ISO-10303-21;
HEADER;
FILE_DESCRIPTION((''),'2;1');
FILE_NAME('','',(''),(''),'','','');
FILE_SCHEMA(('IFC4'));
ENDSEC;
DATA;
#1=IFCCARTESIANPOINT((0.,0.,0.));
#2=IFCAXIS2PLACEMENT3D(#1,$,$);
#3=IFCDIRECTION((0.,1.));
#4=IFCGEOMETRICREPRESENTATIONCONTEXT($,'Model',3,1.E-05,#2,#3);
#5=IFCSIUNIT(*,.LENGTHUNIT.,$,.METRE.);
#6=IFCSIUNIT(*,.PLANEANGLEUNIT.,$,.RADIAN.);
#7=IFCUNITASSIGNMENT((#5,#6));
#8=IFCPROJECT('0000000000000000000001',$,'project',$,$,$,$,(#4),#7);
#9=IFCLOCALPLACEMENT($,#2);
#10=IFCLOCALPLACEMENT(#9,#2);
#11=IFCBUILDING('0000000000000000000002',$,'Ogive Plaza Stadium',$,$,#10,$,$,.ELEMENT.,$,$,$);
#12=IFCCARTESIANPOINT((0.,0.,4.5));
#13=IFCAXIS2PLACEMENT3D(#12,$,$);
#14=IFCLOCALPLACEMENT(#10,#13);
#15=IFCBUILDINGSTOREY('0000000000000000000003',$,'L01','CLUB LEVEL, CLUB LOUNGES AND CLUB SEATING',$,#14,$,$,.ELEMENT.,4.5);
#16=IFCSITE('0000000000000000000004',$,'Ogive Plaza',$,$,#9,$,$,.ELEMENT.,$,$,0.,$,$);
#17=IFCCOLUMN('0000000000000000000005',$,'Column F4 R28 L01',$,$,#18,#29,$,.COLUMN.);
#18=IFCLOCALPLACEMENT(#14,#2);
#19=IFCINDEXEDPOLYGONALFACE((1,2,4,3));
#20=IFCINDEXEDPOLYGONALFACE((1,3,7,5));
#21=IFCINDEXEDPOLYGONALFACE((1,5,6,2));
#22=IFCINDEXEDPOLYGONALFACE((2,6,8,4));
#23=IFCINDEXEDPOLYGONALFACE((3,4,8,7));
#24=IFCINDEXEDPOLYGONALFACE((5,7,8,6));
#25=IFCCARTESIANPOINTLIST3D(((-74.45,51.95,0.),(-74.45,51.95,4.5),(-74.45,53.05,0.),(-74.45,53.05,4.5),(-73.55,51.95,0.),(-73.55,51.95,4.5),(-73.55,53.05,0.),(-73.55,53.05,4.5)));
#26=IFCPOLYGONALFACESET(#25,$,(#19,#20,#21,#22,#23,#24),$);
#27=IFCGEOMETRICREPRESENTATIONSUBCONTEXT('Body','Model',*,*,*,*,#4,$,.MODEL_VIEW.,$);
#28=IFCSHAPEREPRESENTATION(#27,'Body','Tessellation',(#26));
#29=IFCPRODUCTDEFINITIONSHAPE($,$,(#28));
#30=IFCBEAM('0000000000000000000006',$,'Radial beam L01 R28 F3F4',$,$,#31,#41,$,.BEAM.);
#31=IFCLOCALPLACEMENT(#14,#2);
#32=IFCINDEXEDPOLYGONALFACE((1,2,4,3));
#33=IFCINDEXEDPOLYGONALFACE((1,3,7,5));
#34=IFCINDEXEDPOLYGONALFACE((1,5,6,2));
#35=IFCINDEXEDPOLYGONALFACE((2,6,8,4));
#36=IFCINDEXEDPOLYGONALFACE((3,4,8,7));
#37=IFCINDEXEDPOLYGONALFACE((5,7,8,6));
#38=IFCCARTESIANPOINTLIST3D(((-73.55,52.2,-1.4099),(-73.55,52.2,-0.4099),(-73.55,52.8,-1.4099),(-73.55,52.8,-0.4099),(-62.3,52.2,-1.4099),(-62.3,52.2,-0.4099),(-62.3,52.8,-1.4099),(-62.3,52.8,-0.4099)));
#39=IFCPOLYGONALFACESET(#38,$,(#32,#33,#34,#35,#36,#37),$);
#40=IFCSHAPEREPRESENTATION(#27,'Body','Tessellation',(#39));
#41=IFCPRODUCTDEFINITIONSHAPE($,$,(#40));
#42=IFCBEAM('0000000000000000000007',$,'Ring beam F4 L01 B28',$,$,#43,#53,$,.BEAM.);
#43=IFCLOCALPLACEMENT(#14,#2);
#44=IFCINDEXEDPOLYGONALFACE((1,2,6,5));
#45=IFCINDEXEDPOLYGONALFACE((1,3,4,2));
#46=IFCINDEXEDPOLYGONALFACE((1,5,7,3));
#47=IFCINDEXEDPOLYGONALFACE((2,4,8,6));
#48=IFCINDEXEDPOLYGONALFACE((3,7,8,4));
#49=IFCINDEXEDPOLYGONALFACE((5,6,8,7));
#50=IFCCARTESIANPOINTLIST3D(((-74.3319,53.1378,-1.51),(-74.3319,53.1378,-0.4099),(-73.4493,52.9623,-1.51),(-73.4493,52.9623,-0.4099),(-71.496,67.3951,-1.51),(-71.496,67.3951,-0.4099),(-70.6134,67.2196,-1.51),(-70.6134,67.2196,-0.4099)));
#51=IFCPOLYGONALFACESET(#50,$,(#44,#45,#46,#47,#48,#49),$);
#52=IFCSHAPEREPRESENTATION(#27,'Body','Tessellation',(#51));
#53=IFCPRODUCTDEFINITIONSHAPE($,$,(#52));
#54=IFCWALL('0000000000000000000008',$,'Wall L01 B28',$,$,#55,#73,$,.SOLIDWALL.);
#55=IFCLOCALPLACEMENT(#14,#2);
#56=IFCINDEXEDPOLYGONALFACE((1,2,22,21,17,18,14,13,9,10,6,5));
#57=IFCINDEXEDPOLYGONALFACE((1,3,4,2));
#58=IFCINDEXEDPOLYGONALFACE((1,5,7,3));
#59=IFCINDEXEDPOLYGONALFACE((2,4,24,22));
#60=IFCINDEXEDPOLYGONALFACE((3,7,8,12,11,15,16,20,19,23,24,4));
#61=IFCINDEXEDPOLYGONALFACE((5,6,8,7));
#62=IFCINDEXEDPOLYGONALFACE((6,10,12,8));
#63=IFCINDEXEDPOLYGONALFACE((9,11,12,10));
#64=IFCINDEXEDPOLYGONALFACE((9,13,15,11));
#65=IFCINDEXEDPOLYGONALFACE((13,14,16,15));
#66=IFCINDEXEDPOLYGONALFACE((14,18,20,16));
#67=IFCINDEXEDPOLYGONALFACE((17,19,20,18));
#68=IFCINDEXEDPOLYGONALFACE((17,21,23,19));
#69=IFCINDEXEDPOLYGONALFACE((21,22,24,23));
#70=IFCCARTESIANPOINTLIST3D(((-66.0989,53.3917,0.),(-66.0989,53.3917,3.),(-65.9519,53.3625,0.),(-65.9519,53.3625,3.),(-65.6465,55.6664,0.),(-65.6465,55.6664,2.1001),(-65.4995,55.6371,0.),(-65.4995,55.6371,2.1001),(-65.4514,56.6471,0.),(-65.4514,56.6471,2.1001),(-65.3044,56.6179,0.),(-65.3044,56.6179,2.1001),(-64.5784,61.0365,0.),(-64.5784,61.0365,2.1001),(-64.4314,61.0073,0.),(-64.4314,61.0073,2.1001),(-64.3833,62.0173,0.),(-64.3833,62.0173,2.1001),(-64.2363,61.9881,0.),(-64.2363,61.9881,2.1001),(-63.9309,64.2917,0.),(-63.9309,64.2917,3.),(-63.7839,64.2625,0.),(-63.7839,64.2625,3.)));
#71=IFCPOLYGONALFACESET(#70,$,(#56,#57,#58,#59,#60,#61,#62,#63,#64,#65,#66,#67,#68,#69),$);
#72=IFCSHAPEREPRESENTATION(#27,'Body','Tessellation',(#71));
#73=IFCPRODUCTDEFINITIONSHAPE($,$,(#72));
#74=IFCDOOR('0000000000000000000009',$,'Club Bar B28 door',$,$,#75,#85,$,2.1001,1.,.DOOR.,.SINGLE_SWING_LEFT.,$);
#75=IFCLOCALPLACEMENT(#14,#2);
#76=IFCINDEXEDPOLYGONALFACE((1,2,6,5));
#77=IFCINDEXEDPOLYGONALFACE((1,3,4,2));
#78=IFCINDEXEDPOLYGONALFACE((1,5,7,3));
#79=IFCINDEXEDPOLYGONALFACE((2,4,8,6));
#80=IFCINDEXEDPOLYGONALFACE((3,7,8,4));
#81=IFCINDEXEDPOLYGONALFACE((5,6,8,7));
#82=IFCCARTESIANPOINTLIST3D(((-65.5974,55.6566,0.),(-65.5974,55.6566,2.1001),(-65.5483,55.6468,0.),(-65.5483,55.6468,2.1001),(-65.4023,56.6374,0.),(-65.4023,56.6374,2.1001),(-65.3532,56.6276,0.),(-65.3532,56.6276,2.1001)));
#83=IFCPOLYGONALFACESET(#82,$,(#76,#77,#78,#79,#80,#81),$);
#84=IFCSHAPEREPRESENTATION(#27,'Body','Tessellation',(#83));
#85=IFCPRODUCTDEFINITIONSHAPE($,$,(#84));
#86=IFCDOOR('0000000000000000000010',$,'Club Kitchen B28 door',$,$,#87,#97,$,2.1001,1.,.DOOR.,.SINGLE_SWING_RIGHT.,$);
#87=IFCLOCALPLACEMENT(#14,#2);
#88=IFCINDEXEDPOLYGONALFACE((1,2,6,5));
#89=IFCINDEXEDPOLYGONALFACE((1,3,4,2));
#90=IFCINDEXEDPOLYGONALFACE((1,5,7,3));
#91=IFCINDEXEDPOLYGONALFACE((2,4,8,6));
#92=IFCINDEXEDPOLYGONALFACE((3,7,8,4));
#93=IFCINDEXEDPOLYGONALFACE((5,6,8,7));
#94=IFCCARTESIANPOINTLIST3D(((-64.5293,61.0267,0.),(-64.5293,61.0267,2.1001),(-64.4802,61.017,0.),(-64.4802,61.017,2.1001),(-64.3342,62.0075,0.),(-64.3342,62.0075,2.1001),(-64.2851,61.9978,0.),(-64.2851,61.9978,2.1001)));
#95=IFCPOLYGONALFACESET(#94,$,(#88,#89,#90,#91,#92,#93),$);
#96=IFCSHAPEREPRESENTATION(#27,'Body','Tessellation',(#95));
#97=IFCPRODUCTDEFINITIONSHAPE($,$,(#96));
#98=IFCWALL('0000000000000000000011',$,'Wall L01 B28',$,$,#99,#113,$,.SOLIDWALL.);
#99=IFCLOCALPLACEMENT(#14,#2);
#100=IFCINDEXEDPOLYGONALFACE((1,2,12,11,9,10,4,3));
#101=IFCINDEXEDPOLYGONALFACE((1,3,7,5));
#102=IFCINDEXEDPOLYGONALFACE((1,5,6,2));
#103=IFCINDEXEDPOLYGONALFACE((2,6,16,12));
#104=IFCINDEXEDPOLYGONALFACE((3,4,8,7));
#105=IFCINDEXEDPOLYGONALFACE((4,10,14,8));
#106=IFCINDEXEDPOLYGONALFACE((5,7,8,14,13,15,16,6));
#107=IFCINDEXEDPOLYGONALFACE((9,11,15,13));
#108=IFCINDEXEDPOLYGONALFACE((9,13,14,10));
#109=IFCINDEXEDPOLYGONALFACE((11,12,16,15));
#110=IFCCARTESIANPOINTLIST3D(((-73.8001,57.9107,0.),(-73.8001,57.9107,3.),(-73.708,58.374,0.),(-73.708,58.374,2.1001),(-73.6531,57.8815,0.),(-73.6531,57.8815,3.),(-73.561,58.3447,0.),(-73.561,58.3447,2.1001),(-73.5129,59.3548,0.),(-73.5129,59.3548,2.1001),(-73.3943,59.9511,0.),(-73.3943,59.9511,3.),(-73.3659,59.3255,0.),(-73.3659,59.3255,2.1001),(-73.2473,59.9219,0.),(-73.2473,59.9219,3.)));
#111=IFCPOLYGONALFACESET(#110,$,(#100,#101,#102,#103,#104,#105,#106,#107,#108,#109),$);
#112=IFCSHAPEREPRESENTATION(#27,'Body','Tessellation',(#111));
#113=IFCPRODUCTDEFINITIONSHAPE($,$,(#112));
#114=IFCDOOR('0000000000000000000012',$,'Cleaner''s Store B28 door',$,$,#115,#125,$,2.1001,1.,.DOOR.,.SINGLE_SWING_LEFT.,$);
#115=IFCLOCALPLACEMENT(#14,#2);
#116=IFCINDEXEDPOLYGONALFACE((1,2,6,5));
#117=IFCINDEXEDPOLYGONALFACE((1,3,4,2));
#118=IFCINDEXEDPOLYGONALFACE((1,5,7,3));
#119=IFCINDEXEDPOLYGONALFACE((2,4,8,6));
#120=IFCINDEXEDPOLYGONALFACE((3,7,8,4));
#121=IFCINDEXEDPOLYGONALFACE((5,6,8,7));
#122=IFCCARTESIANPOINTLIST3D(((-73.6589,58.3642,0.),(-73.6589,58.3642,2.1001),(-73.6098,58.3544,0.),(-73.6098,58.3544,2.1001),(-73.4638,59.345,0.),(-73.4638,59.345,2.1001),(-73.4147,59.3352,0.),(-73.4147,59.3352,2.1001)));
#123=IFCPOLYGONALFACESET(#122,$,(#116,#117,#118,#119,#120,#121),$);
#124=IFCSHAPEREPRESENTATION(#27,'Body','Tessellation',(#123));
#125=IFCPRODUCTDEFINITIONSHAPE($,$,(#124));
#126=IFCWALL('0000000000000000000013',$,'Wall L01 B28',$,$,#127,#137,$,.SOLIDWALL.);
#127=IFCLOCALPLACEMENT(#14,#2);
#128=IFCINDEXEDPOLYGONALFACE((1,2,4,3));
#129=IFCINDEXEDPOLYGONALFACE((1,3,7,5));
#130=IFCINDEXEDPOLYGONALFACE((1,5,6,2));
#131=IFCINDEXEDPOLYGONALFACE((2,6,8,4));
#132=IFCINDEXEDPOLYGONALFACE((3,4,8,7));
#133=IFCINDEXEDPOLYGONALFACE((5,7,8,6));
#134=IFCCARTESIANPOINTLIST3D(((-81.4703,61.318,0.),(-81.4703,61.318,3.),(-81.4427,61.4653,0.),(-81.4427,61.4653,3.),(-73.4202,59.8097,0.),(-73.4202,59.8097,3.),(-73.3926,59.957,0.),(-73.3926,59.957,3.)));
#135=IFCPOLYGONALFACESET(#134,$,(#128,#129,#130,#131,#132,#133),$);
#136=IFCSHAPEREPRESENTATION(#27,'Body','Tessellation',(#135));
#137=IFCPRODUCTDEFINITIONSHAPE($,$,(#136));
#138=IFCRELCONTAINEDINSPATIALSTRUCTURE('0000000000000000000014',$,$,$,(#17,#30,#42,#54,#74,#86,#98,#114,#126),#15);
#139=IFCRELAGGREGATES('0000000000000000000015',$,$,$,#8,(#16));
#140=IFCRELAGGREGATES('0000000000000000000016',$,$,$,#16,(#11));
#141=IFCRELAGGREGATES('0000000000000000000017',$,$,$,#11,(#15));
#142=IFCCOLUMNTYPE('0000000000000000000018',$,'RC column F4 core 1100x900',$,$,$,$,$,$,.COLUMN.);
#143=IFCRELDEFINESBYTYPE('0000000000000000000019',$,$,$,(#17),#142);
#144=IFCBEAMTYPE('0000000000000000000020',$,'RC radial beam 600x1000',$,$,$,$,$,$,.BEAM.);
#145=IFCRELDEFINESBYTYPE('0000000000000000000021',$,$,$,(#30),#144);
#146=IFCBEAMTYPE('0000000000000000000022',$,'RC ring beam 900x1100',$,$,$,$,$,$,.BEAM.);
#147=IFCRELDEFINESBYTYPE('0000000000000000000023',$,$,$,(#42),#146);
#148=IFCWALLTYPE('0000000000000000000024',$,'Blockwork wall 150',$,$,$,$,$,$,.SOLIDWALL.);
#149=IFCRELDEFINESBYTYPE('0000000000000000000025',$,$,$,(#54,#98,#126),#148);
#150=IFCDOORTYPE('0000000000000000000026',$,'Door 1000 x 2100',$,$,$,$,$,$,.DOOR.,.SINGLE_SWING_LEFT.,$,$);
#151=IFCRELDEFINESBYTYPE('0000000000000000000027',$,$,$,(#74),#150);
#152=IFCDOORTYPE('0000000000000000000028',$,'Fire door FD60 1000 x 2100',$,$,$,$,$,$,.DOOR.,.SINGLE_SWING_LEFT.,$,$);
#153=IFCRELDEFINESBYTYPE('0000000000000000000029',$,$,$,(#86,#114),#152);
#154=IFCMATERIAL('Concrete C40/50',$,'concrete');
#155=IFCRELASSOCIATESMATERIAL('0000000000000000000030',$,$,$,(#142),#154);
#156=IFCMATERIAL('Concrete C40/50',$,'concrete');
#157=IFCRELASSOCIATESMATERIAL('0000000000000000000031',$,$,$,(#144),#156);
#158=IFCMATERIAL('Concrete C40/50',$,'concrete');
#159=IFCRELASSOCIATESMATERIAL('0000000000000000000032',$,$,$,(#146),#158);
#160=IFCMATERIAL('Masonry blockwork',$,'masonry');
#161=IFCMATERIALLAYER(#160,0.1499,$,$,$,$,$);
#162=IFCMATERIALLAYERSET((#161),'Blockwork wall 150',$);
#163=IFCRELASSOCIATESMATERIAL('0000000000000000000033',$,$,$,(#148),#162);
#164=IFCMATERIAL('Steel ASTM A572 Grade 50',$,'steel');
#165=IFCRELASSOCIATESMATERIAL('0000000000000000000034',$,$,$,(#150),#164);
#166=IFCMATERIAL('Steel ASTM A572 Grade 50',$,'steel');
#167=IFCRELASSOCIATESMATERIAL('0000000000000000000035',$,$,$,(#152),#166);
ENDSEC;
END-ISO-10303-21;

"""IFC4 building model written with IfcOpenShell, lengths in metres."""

from ifc_helpers import new_model, si_unit, direction, frame, frame_2d, origin, origin_2d, place, context, subcontext, project, spatial, rectangle, extrude, material, layer, layer_set, material_profile, profile_set, type_object, element, fill, save


model = new_model("IFC4")

# Units and contexts
model_context = context("Model", 3, precision=1e-05, world=origin(), true_north=direction((0.0, 1.0)))
body_context = subcontext(model_context, "Body", "Model", "MODEL_VIEW")
ifc_project = project(units=[si_unit("LENGTHUNIT", "METRE"), si_unit("PLANEANGLEUNIT", "RADIAN")], contexts=[model_context])

# Site, building, storey
site_placement = place(None, origin())
site = spatial("IfcSite", under=ifc_project, at=site_placement, Name="Ogive Plaza", CompositionType="ELEMENT", RefElevation=0.0)
building_placement = place(site_placement, origin())
building = spatial("IfcBuilding", under=site, at=building_placement, Name="Ogive Plaza Stadium", CompositionType="ELEMENT")
storey_placement = place(building_placement, frame((0.0, 0.0, 4.5)))
storey = spatial("IfcBuildingStorey", under=building, at=storey_placement, Name="L01", Description="CLUB LEVEL, CLUB LOUNGES AND CLUB SEATING", CompositionType="ELEMENT", Elevation=4.5)

# Column
ifc_material_1 = material(Name="Concrete C40/50", Category="concrete")
ifc_material_profile_1 = material_profile(ifc_material_1, rectangle(XDim=1.1001, YDim=0.8999, at=origin_2d()), Name="RC 1100x900")
ifc_profile_set_1 = profile_set([ifc_material_profile_1], Name="Concrete C40/50")
column_type = type_object("IfcColumnType", Name="RC column F4 core 1100x900", PredefinedType="COLUMN", material=ifc_profile_set_1)
column_placement = place(storey_placement, frame((-74.0, 52.5, 0.0), z_axis=(0.0, 0.0, 1.0), x_axis=(0.0, -1.0, 0.0)))
element("IfcColumn", 1, at=column_placement, inside=storey, type_object=column_type, Name="Column F4 R28 L01", PredefinedType="COLUMN", context=body_context, shape_type="SweptSolid", body=[
    extrude(rectangle(XDim=1.1001, YDim=0.8999, at=origin_2d()), origin(), (0.0, 0.0, 1.0), 4.5),
])

# Beams
ifc_material_2 = material(Name="Concrete C40/50", Category="concrete")
ifc_material_profile_2 = material_profile(ifc_material_2, rectangle(XDim=0.6001, YDim=1.0, at=origin_2d()), Name="RC 600x1000")
ifc_profile_set_2 = profile_set([ifc_material_profile_2], Name="Concrete C40/50")
beam_type_1 = type_object("IfcBeamType", Name="RC radial beam 600x1000", PredefinedType="BEAM", material=ifc_profile_set_2)
beam_1_placement = place(storey_placement, frame((-62.3, 52.5, -0.9099), z_axis=(-1.0, 0.0, 0.0), x_axis=(0.0, -1.0, 0.0)))
element("IfcBeam", 2, at=beam_1_placement, inside=storey, type_object=beam_type_1, Name="Radial beam L01 R28 F3F4", PredefinedType="BEAM", context=body_context, shape_type="SweptSolid", body=[
    extrude(rectangle(XDim=0.6001, YDim=1.0, at=origin_2d()), origin(), (0.0, 0.0, 1.0), 11.25),
])
ifc_material_3 = material(Name="Concrete C40/50", Category="concrete")
ifc_material_profile_3 = material_profile(ifc_material_3, rectangle(XDim=0.8999, YDim=1.1001, at=origin_2d()), Name="RC 900x1100")
ifc_profile_set_3 = profile_set([ifc_material_profile_3], Name="Concrete C40/50")
beam_type_2 = type_object("IfcBeamType", Name="RC ring beam 900x1100", PredefinedType="BEAM", material=ifc_profile_set_3)
beam_2_placement = place(storey_placement, frame((-73.8906, 53.05, -0.96), z_axis=(0.195089, 0.980786, 0.0), x_axis=(-0.980786, 0.195089, 0.0)))
element("IfcBeam", 3, at=beam_2_placement, inside=storey, type_object=beam_type_2, Name="Ring beam F4 L01 B28", PredefinedType="BEAM", context=body_context, shape_type="SweptSolid", body=[
    extrude(rectangle(XDim=0.8999, YDim=1.1001, at=origin_2d()), origin(), (0.0, 0.0, 1.0), 14.5366),
])

# Wall, openings, doors
ifc_material_4 = material(Name="Masonry blockwork", Category="masonry")
ifc_layer_1 = layer(ifc_material_4, 0.1499)
ifc_layer_set_1 = layer_set([ifc_layer_1], Name="Blockwork wall 150")
wall_type_1 = type_object("IfcWallType", Name="Blockwork wall 150", PredefinedType="SOLIDWALL", material=ifc_layer_set_1)
wall_1_placement = place(storey_placement, frame((-66.0254, 53.3772, 0.0), z_axis=(0.0, 0.0, 1.0), x_axis=(0.195077, 0.980788, 0.0)))
wall_1 = element("IfcWall", 4, at=wall_1_placement, inside=storey, type_object=wall_type_1, Name="Wall L01 B28", PredefinedType="SOLIDWALL", context=body_context, shape_type="SweptSolid", body=[
    extrude(rectangle(XDim=11.1135, YDim=0.1499, at=frame_2d((5.5566, 0.0))), origin(), (0.0, 0.0, 1.0), 3.0),
])
opening_1_placement = place(wall_1_placement, frame((2.3191, 0.0, 0.0)))
opening_1 = element("IfcOpeningElement", 5, at=opening_1_placement, cuts=wall_1, PredefinedType="OPENING", context=body_context, shape_type="SweptSolid", body=[
    extrude(rectangle(XDim=1.0, YDim=2.1001, at=frame_2d((0.5, 1.05))), frame((0.0, 0.075, 0.0), z_axis=(0.0, -1.0, 0.0), x_axis=(1.0, 0.0, 0.0)), (0.0, 0.0, 1.0), 0.1499),
])
opening_2_placement = place(wall_1_placement, frame((7.7944, 0.0, 0.0)))
opening_2 = element("IfcOpeningElement", 6, at=opening_2_placement, cuts=wall_1, PredefinedType="OPENING", context=body_context, shape_type="SweptSolid", body=[
    extrude(rectangle(XDim=1.0, YDim=2.1001, at=frame_2d((0.5, 1.05))), frame((0.0, 0.075, 0.0), z_axis=(0.0, -1.0, 0.0), x_axis=(1.0, 0.0, 0.0)), (0.0, 0.0, 1.0), 0.1499),
])
ifc_material_5 = material(Name="Steel ASTM A572 Grade 50", Category="steel")
door_type_1 = type_object("IfcDoorType", Name="Door 1000 x 2100", OperationType="SINGLE_SWING_LEFT", PredefinedType="DOOR", material=ifc_material_5)
door_1_placement = place(opening_1_placement, origin())
door_1 = element("IfcDoor", 7, at=door_1_placement, inside=storey, type_object=door_type_1, Name="Club Bar B28 door", OperationType="SINGLE_SWING_LEFT", OverallHeight=2.1001, OverallWidth=1.0, PredefinedType="DOOR", context=body_context, shape_type="SweptSolid", body=[
    extrude(rectangle(XDim=1.0, YDim=2.1001, at=frame_2d((0.5, 1.05))), frame((0.0, 0.0249, 0.0), z_axis=(0.0, -1.0, 0.0), x_axis=(1.0, 0.0, 0.0)), (0.0, 0.0, 1.0), 0.05),
])
fill(opening_1, door_1)
ifc_material_6 = material(Name="Steel ASTM A572 Grade 50", Category="steel")
door_type_2 = type_object("IfcDoorType", Name="Fire door FD60 1000 x 2100", OperationType="SINGLE_SWING_LEFT", PredefinedType="DOOR", material=ifc_material_6)
door_2_placement = place(opening_2_placement, origin())
door_2 = element("IfcDoor", 8, at=door_2_placement, inside=storey, type_object=door_type_2, Name="Club Kitchen B28 door", OperationType="SINGLE_SWING_RIGHT", OverallHeight=2.1001, OverallWidth=1.0, PredefinedType="DOOR", context=body_context, shape_type="SweptSolid", body=[
    extrude(rectangle(XDim=1.0, YDim=2.1001, at=frame_2d((0.5, 1.05))), frame((0.0, 0.0249, 0.0), z_axis=(0.0, -1.0, 0.0), x_axis=(1.0, 0.0, 0.0)), (0.0, 0.0, 1.0), 0.05),
])
fill(opening_2, door_2)

# Wall, opening, door
wall_2_placement = place(storey_placement, frame((-73.7266, 57.8962, 0.0), z_axis=(0.0, 0.0, 1.0), x_axis=(0.195055, 0.980792, 0.0)))
wall_2 = element("IfcWall", 9, at=wall_2_placement, inside=storey, type_object=wall_type_1, Name="Wall L01 B28", PredefinedType="SOLIDWALL", context=body_context, shape_type="SweptSolid", body=[
    extrude(rectangle(XDim=2.0803, YDim=0.1499, at=frame_2d((1.04, 0.0))), origin(), (0.0, 0.0, 1.0), 3.0),
])
opening_3_placement = place(wall_2_placement, frame((0.4722, 0.0, 0.0)))
opening_3 = element("IfcOpeningElement", 10, at=opening_3_placement, cuts=wall_2, PredefinedType="OPENING", context=body_context, shape_type="SweptSolid", body=[
    extrude(rectangle(XDim=1.0, YDim=2.1001, at=frame_2d((0.5, 1.05))), frame((0.0, 0.075, 0.0), z_axis=(0.0, -1.0, 0.0), x_axis=(1.0, 0.0, 0.0)), (0.0, 0.0, 1.0), 0.1499),
])
door_3_placement = place(opening_3_placement, origin())
door_3 = element("IfcDoor", 11, at=door_3_placement, inside=storey, type_object=door_type_2, Name="Cleaner's Store B28 door", OperationType="SINGLE_SWING_LEFT", OverallHeight=2.1001, OverallWidth=1.0, PredefinedType="DOOR", context=body_context, shape_type="SweptSolid", body=[
    extrude(rectangle(XDim=1.0, YDim=2.1001, at=frame_2d((0.5, 1.05))), frame((0.0, 0.0249, 0.0), z_axis=(0.0, -1.0, 0.0), x_axis=(1.0, 0.0, 0.0)), (0.0, 0.0, 1.0), 0.05),
])
fill(opening_3, door_3)

# Wall
wall_3_placement = place(storey_placement, frame((-73.4062, 59.8833, 0.0), z_axis=(0.0, 0.0, 1.0), x_axis=(-0.982896, 0.184161, 0.0)))
element("IfcWall", 12, at=wall_3_placement, inside=storey, type_object=wall_type_1, Name="Wall L01 B28", PredefinedType="SOLIDWALL", context=body_context, shape_type="SweptSolid", body=[
    extrude(rectangle(XDim=8.1902, YDim=0.1499, at=frame_2d((4.0952, 0.0))), origin(), (0.0, 0.0, 1.0), 3.0),
])

save(model, "model.ifc")
